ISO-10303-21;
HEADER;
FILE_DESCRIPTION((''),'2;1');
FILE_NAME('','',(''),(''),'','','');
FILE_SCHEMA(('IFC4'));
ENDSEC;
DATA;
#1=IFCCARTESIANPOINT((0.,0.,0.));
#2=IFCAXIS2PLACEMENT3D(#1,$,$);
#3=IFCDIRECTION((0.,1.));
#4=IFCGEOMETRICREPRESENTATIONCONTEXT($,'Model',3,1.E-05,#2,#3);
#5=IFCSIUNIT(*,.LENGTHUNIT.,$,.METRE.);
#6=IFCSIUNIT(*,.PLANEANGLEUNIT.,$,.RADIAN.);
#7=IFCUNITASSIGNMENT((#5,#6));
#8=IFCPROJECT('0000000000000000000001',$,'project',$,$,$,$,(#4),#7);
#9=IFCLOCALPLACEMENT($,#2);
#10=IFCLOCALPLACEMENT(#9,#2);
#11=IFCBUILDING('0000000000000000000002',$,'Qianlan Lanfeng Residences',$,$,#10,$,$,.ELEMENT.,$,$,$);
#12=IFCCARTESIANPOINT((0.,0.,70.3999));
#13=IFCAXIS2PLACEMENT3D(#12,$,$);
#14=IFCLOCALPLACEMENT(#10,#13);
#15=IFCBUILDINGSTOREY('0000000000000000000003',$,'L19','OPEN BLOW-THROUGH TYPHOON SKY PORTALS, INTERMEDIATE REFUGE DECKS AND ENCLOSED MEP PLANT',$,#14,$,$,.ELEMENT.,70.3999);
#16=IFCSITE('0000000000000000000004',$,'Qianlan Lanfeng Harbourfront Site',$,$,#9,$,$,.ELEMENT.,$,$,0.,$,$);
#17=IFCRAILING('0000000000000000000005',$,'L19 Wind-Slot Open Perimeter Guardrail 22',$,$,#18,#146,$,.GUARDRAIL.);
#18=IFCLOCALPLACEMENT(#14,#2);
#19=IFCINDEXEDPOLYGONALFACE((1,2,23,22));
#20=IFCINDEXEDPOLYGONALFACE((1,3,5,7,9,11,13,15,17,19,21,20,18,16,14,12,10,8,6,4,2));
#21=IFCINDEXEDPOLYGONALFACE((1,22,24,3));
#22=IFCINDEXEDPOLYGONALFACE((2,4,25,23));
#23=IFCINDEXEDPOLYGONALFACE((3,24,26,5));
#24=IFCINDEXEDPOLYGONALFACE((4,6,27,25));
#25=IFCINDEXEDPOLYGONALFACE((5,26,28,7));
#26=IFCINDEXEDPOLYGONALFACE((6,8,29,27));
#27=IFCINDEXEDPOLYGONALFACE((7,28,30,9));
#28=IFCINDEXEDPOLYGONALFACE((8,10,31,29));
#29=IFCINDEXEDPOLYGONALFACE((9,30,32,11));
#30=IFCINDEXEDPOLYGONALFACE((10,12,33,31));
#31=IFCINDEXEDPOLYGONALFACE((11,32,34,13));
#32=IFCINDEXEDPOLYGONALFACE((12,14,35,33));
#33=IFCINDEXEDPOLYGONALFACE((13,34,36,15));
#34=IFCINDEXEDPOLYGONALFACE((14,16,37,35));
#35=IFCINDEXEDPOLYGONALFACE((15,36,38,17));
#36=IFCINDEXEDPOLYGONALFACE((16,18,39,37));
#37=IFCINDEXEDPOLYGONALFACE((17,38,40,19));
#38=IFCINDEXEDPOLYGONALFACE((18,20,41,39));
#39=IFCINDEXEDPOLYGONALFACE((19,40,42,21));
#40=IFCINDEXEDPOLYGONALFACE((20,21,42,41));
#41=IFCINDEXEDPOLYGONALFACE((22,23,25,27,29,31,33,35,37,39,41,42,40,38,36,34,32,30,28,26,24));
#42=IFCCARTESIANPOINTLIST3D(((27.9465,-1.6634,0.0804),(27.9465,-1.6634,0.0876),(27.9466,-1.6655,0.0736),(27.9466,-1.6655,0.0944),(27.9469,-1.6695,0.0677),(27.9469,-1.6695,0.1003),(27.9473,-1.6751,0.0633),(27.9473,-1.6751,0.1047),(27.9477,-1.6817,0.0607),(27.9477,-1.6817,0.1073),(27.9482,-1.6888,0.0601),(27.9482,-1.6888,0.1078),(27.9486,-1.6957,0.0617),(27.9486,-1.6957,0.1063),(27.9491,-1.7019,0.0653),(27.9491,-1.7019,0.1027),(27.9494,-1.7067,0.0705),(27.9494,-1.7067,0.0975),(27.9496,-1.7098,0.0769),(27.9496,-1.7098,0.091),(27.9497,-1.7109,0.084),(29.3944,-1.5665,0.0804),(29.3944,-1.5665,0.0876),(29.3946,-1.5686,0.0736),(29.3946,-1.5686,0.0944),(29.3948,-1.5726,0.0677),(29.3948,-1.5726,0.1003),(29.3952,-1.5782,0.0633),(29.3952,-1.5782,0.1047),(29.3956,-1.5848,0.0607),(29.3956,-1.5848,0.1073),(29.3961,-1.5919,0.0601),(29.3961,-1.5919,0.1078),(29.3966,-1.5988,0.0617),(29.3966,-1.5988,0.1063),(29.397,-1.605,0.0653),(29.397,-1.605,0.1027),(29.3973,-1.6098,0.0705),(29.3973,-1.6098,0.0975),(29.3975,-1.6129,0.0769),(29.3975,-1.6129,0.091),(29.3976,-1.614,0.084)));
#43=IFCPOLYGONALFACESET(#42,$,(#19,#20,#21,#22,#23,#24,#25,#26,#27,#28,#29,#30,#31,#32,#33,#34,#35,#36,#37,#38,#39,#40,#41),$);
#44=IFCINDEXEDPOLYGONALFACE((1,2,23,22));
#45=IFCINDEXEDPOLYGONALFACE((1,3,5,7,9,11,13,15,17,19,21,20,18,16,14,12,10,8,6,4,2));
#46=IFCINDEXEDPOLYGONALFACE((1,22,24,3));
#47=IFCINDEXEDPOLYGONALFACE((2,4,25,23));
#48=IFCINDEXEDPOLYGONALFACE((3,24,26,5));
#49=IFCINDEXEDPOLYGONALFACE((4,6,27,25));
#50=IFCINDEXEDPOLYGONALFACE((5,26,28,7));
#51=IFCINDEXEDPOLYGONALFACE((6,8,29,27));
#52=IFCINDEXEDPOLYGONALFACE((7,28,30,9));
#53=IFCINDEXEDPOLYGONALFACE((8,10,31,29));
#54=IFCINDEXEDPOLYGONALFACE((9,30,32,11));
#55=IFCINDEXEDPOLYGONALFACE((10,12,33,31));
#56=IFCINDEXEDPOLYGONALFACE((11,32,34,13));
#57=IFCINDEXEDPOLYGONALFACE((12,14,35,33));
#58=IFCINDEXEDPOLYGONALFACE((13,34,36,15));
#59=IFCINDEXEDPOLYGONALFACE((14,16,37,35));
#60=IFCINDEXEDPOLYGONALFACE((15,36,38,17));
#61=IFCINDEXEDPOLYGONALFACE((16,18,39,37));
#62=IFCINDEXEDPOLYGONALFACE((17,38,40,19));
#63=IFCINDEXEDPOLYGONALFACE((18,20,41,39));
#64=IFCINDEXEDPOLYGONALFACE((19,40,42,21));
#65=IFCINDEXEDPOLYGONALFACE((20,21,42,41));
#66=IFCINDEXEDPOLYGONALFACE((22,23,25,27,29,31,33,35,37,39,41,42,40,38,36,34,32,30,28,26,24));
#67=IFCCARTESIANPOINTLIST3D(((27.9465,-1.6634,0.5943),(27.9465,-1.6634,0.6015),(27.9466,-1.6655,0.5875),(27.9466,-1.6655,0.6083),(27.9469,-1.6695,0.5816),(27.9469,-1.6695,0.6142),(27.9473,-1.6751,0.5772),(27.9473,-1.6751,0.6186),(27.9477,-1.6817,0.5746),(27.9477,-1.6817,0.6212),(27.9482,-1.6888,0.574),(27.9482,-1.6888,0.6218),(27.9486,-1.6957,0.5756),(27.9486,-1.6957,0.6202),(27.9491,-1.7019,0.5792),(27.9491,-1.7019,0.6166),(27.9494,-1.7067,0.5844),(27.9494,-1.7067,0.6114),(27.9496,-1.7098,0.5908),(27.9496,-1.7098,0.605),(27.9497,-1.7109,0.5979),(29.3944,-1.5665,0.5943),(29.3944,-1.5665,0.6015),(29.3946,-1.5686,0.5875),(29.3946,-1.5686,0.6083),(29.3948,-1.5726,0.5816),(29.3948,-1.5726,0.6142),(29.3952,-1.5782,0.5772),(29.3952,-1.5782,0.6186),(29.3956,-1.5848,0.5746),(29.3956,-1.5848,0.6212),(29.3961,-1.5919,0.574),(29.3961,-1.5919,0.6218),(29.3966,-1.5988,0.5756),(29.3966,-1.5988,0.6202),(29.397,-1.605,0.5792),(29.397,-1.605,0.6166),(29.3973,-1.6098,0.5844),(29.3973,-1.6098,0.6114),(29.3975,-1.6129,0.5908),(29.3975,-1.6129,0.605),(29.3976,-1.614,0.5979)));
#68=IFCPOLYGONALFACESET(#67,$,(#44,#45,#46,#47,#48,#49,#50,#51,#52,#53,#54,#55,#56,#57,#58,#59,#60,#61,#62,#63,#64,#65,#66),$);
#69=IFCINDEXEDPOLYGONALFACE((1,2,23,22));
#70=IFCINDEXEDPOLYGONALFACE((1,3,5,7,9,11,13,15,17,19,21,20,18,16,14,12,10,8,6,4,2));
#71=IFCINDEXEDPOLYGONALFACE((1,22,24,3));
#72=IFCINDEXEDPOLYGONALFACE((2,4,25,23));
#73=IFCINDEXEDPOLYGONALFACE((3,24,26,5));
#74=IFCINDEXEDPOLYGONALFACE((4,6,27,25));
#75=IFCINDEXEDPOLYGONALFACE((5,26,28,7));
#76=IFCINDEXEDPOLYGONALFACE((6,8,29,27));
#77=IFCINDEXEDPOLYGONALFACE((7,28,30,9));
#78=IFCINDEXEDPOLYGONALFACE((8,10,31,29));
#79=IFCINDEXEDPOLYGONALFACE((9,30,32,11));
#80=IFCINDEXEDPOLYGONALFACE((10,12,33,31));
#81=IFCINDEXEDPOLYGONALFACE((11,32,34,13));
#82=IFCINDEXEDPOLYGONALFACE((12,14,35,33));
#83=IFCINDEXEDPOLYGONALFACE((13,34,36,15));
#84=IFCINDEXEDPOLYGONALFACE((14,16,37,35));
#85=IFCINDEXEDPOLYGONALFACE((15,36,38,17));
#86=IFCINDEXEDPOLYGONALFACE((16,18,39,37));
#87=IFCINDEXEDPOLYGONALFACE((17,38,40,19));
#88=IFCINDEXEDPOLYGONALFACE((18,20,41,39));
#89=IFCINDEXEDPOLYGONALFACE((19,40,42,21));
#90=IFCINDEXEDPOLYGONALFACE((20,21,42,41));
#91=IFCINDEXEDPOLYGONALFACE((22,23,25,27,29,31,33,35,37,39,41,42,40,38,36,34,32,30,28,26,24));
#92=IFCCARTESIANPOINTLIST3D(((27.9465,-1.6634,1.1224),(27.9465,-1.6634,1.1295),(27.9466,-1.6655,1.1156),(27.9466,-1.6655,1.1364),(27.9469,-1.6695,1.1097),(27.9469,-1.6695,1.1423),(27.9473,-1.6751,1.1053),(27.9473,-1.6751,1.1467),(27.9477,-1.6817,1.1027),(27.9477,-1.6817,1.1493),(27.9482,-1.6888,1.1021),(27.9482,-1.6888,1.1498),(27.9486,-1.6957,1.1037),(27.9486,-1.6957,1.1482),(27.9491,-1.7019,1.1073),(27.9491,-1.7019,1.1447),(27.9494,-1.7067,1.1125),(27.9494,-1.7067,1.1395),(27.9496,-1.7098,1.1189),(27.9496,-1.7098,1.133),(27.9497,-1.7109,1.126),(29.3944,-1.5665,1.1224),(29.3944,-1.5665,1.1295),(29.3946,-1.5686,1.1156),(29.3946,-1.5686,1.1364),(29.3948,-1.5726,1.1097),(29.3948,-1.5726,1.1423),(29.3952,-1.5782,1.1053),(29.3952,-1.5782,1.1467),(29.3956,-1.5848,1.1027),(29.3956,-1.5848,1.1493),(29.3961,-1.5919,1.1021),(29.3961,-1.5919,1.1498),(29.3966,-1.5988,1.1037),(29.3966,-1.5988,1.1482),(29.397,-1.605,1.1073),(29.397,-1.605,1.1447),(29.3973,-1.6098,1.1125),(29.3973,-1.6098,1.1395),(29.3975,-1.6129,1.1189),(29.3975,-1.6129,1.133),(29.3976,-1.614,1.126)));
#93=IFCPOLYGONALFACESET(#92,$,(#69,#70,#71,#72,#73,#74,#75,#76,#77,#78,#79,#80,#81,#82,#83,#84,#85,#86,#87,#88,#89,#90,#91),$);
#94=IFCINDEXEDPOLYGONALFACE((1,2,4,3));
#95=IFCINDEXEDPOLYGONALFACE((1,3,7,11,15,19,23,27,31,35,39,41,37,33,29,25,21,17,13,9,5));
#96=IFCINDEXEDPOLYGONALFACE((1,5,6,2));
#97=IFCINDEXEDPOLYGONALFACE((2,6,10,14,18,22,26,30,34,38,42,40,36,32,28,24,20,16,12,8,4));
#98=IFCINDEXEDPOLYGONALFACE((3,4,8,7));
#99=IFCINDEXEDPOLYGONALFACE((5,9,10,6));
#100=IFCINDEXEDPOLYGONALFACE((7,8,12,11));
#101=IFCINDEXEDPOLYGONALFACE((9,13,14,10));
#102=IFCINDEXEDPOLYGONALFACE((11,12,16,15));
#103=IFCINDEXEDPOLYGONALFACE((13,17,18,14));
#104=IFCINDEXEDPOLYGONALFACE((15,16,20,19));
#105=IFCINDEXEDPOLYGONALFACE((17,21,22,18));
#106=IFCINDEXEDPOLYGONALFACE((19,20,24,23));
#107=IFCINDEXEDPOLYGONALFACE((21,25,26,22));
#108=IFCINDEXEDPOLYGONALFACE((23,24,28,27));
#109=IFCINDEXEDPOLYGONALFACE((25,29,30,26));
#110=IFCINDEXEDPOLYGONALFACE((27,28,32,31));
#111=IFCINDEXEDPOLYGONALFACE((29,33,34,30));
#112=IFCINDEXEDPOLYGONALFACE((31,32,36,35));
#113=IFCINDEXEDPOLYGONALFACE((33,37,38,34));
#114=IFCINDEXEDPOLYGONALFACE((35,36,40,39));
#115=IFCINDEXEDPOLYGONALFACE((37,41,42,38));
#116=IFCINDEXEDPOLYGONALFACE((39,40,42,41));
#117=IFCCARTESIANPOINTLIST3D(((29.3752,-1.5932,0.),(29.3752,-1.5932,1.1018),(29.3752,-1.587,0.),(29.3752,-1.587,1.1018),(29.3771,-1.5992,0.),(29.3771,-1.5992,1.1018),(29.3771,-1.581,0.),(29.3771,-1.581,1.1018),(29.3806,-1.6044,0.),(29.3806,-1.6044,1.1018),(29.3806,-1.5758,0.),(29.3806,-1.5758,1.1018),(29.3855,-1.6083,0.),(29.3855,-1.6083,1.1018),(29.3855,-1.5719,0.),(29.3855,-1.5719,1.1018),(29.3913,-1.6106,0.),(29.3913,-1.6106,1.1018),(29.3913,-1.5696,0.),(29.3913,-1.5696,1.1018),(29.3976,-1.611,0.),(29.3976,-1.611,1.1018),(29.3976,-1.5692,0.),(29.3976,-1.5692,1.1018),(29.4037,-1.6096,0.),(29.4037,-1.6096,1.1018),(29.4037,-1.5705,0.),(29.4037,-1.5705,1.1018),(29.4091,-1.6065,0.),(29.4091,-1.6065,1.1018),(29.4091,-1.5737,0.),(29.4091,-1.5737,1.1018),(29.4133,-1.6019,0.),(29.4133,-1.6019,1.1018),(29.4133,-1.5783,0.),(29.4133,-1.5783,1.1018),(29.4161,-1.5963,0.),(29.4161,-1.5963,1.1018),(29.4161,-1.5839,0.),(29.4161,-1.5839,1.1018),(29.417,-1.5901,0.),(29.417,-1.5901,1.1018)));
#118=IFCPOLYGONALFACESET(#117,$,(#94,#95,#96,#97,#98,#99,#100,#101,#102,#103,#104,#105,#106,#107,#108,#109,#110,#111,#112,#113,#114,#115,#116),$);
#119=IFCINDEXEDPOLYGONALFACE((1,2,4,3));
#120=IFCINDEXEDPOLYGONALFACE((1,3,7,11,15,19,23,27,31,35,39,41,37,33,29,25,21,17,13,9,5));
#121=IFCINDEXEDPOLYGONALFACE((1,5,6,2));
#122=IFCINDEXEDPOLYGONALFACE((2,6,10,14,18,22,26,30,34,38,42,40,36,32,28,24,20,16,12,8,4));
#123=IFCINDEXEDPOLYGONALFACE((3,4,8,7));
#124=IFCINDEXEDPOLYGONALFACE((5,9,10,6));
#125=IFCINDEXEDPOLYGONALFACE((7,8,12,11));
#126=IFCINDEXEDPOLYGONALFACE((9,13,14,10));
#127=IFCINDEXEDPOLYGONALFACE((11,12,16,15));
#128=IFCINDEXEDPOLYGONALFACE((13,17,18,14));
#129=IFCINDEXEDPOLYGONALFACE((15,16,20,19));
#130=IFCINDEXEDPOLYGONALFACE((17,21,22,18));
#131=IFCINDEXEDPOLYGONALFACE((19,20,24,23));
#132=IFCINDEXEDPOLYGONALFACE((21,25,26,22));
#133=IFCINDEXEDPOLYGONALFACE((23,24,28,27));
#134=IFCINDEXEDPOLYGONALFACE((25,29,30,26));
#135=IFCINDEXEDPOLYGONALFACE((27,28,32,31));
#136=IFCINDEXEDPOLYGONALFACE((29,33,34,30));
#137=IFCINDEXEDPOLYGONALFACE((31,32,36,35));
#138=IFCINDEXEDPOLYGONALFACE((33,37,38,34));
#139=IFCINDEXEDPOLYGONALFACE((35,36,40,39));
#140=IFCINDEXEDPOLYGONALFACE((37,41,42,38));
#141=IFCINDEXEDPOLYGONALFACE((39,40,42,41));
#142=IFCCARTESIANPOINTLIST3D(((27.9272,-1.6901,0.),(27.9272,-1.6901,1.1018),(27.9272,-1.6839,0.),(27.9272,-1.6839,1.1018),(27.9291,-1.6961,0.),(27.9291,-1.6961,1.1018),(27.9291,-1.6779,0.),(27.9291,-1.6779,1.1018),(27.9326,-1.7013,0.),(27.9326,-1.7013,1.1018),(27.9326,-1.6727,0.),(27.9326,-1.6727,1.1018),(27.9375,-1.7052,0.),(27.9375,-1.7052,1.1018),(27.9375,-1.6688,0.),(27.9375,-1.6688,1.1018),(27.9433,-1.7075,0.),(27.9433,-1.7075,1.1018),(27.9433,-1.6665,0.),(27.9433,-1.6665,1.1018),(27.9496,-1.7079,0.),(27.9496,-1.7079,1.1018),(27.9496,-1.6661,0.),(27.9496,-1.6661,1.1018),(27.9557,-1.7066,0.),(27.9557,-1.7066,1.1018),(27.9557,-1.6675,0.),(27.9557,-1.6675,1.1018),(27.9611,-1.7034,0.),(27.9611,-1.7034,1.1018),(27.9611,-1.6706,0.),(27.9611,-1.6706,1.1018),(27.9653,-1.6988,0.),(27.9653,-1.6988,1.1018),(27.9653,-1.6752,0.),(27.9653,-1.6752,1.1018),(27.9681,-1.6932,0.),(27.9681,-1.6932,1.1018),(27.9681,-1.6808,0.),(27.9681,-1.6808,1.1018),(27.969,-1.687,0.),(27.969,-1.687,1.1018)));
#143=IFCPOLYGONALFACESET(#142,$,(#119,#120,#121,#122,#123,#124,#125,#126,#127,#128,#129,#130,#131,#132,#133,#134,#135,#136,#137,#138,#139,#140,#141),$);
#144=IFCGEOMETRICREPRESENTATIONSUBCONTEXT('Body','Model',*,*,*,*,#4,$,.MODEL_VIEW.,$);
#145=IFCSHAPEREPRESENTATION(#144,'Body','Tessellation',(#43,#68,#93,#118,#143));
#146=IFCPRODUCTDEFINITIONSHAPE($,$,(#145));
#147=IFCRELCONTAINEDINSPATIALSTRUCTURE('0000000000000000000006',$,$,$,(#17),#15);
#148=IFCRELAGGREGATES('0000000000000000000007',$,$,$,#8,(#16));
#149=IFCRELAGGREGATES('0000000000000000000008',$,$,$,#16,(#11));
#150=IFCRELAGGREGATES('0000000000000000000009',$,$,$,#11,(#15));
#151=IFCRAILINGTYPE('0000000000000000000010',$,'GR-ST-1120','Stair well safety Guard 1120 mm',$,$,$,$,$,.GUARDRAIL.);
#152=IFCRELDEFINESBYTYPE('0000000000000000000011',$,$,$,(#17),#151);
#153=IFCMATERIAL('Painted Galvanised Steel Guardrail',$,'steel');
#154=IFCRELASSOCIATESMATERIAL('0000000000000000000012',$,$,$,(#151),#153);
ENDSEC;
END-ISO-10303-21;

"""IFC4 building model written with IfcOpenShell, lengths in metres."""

from ifc_helpers import new_model, si_unit, direction, frame, origin, origin_2d, place, context, subcontext, project, spatial, circle, extrude, material, type_object, element, save


model = new_model("IFC4")

# Units and contexts
model_context = context("Model", 3, precision=1e-05, world=origin(), true_north=direction((0.0, 1.0)))
body_context = subcontext(model_context, "Body", "Model", "MODEL_VIEW")
ifc_project = project(units=[si_unit("LENGTHUNIT", "METRE"), si_unit("PLANEANGLEUNIT", "RADIAN")], contexts=[model_context])

# Site, building, storey
site_placement = place(None, origin())
site = spatial("IfcSite", under=ifc_project, at=site_placement, Name="Qianlan Lanfeng Harbourfront Site", CompositionType="ELEMENT", RefElevation=0.0)
building_placement = place(site_placement, origin())
building = spatial("IfcBuilding", under=site, at=building_placement, Name="Qianlan Lanfeng Residences", CompositionType="ELEMENT")
storey_placement = place(building_placement, frame((0.0, 0.0, 70.3999)))
storey = spatial("IfcBuildingStorey", under=building, at=storey_placement, Name="L19", Description="OPEN BLOW-THROUGH TYPHOON SKY PORTALS, INTERMEDIATE REFUGE DECKS AND ENCLOSED MEP PLANT", CompositionType="ELEMENT", Elevation=70.3999)

# Railing
ifc_material_1 = material(Name="Painted Galvanised Steel Guardrail", Category="steel")
railing_type = type_object("IfcRailingType", Name="GR-ST-1120", Description="Stair well safety Guard 1120 mm", PredefinedType="GUARDRAIL", material=ifc_material_1)
railing_1_placement = place(storey_placement, frame((29.396, -1.5901, 0.0)))
element("IfcRailing", 1, at=railing_1_placement, inside=storey, type_object=railing_type, Name="L19 Wind-Slot Open Perimeter Guardrail 22", PredefinedType="GUARDRAIL", context=body_context, shape_type="SweptSolid", body=[
    extrude(circle(Radius=0.0239, at=origin_2d()), frame((0.0, 0.0, 0.084), z_axis=(-0.997767, -0.066787, 0.0), x_axis=(0.066787, -0.997767, 0.0)), (0.0, 0.0, 1.0), 1.4512),
    extrude(circle(Radius=0.0239, at=origin_2d()), frame((0.0, 0.0, 0.5979), z_axis=(-0.997767, -0.066787, 0.0), x_axis=(0.066787, -0.997767, 0.0)), (0.0, 0.0, 1.0), 1.4512),
    extrude(circle(Radius=0.0239, at=origin_2d()), frame((0.0, 0.0, 1.126), z_axis=(-0.997767, -0.066787, 0.0), x_axis=(0.066787, -0.997767, 0.0)), (0.0, 0.0, 1.0), 1.4512),
    extrude(circle(Radius=0.021, at=origin_2d()), origin(), (0.0, 0.0, 1.0), 1.1018),
    extrude(circle(Radius=0.021, at=origin_2d()), frame((-1.448, -0.0969, 0.0)), (0.0, 0.0, 1.0), 1.1018),
])

save(model, "model.ifc")
